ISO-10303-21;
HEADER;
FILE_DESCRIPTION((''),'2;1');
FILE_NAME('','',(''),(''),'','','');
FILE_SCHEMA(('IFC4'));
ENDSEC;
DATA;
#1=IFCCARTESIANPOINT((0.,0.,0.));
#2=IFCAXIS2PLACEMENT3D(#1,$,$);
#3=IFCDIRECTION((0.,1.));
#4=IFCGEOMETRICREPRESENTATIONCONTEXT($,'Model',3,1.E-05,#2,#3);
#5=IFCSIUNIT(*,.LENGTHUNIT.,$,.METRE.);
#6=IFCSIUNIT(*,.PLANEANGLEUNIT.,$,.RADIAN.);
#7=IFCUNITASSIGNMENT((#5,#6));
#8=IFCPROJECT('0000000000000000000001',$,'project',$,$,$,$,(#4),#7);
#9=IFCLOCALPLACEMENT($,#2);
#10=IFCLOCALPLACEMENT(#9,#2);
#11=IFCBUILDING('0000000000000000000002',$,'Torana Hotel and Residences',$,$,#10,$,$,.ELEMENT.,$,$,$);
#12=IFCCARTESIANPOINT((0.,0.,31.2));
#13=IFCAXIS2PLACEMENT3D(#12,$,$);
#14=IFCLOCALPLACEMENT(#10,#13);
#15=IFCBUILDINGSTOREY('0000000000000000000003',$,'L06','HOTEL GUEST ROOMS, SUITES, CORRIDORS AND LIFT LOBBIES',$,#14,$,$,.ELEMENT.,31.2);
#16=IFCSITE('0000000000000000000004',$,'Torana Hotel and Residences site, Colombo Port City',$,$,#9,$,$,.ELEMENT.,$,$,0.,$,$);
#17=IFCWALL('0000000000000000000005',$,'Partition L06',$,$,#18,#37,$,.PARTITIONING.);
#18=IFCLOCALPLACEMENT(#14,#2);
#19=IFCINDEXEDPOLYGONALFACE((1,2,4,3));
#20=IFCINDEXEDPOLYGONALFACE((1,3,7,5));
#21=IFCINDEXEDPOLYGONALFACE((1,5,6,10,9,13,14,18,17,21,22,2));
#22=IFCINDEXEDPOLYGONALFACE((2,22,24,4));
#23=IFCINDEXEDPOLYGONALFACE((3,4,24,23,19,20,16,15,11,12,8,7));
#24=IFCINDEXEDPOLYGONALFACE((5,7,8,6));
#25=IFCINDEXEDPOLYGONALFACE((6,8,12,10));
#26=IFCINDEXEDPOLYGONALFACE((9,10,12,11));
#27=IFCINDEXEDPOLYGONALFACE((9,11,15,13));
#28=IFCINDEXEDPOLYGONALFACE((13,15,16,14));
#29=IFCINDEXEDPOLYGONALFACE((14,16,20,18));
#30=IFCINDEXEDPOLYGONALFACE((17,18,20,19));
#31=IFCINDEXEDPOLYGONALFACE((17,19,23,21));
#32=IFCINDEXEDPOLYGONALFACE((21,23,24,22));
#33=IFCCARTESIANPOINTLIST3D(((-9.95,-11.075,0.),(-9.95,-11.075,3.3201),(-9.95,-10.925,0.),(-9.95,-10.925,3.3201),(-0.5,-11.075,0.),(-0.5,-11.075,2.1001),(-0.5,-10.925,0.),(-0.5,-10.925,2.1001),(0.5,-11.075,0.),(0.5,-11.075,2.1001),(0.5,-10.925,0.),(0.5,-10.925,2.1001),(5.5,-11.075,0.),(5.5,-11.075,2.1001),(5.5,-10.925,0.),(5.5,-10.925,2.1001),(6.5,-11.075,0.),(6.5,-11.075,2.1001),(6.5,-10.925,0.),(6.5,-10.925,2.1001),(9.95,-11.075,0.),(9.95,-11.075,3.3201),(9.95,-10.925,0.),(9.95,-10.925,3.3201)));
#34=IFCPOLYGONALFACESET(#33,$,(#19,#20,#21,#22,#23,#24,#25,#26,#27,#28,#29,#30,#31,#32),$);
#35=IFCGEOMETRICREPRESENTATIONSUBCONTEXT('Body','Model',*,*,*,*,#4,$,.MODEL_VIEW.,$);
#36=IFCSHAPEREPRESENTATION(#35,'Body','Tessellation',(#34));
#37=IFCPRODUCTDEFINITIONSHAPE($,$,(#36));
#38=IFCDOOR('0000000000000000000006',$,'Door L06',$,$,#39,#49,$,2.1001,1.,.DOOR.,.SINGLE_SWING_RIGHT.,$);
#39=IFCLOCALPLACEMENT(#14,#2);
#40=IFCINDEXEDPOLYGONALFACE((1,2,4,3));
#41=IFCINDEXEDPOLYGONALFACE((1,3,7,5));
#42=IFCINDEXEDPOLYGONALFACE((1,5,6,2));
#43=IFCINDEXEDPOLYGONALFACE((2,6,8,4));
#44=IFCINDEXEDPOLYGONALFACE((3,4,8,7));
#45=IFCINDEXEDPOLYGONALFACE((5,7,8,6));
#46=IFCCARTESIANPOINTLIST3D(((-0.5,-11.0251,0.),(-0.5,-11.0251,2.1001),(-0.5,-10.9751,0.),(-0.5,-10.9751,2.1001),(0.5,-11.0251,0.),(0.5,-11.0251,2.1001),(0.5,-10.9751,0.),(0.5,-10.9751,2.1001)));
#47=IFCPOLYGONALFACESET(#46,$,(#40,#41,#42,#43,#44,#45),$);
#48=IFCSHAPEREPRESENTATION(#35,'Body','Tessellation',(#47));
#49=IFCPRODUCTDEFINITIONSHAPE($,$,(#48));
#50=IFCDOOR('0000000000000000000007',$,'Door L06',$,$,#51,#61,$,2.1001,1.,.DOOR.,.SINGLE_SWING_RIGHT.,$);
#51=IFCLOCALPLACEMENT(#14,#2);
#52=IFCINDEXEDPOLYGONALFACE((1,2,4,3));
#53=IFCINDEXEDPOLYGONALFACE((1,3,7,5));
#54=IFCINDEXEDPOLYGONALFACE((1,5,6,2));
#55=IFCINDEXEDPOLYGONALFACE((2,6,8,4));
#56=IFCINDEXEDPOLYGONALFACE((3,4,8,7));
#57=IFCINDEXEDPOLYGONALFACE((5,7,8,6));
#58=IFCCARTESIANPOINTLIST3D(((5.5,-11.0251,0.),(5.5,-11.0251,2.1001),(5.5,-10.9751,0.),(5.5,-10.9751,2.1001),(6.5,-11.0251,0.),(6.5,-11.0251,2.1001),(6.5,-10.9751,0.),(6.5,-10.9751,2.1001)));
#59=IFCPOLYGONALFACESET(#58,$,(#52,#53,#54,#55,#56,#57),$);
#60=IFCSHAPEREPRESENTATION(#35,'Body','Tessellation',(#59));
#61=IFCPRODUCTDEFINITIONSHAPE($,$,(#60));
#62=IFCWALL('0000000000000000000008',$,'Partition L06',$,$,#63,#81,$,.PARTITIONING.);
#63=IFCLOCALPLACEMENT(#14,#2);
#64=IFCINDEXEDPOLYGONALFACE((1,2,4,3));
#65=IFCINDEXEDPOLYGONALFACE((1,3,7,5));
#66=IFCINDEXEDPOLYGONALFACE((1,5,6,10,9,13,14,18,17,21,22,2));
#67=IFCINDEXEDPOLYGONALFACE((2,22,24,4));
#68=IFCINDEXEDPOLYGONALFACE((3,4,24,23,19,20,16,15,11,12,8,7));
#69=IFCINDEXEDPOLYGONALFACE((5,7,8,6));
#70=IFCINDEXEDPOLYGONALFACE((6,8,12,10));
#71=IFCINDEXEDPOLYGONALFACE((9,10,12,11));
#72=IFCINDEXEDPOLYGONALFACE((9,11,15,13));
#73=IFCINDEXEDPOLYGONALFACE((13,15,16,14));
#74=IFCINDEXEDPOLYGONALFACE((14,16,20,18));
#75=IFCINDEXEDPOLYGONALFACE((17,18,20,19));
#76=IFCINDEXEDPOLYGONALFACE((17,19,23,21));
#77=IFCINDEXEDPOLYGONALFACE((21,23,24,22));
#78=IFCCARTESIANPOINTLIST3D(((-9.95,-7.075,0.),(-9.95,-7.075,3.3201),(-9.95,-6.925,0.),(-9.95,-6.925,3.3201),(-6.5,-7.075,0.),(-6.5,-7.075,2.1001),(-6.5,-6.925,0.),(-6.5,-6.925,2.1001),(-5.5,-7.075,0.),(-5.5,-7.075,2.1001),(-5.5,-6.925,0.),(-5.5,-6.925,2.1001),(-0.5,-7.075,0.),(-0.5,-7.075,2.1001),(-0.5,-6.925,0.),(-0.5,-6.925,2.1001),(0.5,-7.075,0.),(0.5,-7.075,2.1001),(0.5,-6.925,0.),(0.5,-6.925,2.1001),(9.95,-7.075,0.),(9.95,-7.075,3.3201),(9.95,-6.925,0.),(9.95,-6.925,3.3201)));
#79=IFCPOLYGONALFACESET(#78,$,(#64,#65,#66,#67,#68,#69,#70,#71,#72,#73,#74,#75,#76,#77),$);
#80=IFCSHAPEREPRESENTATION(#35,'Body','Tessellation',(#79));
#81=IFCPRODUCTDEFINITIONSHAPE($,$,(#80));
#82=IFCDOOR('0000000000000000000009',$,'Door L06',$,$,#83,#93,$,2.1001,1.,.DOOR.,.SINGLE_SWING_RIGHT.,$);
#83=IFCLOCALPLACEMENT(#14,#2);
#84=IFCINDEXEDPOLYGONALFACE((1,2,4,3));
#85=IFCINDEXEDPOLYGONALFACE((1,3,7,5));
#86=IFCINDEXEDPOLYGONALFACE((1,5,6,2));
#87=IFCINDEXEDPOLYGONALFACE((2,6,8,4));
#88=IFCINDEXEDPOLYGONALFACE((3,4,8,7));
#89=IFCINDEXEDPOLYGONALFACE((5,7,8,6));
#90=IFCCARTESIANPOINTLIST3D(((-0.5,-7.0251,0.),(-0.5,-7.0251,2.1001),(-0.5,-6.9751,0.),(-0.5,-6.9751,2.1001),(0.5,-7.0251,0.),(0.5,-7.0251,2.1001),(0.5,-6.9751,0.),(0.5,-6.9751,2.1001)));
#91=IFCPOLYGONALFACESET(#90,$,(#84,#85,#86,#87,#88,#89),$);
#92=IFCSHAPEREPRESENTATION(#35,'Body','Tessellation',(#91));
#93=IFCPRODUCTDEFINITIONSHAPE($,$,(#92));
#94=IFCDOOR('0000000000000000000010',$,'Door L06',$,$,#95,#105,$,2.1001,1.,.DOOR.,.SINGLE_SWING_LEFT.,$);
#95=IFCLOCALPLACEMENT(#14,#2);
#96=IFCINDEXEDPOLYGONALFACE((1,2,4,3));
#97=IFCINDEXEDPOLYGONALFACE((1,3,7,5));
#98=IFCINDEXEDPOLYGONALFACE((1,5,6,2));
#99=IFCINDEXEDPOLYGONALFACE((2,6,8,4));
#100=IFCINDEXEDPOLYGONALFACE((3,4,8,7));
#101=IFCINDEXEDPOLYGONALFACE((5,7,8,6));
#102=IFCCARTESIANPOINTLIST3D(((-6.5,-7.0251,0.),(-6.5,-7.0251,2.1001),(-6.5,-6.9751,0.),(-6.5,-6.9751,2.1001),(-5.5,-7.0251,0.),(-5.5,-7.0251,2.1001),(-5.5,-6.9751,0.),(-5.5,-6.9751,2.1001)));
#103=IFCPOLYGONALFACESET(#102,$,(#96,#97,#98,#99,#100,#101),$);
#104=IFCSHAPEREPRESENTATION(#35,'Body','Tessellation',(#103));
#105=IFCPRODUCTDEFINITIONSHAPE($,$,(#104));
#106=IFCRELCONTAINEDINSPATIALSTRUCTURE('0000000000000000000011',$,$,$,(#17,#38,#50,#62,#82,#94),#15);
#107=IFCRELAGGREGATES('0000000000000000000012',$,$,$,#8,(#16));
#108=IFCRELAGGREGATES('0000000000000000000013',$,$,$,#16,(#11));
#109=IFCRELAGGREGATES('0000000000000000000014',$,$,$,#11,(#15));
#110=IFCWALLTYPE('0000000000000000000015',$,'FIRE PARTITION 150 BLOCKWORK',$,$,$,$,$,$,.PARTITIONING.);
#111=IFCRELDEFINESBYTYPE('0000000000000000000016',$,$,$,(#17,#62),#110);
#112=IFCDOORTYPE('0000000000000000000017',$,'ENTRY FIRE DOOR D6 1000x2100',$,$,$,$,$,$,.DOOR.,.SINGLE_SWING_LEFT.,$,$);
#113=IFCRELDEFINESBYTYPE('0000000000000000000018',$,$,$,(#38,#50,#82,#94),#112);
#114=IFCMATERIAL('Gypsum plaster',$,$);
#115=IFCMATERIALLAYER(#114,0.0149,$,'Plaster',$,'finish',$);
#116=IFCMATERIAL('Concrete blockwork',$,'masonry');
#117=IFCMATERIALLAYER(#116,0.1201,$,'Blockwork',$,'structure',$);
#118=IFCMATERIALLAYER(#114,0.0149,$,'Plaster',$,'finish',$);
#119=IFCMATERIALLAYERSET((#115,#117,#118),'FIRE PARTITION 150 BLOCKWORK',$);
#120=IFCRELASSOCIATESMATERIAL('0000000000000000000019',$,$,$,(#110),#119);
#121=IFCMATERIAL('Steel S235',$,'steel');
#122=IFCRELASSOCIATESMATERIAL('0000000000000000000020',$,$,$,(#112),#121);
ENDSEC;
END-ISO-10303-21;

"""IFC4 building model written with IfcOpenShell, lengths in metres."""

from ifc_helpers import new_model, si_unit, direction, frame, frame_2d, origin, place, context, subcontext, project, spatial, rectangle, extrude, material, layer, layer_set, type_object, element, fill, save


model = new_model("IFC4")

# Units and contexts
model_context = context("Model", 3, precision=1e-05, world=origin(), true_north=direction((0.0, 1.0)))
body_context = subcontext(model_context, "Body", "Model", "MODEL_VIEW")
ifc_project = project(units=[si_unit("LENGTHUNIT", "METRE"), si_unit("PLANEANGLEUNIT", "RADIAN")], contexts=[model_context])

# Site, building, storey
site_placement = place(None, origin())
site = spatial("IfcSite", under=ifc_project, at=site_placement, Name="Torana Hotel and Residences site, Colombo Port City", CompositionType="ELEMENT", RefElevation=0.0)
building_placement = place(site_placement, origin())
building = spatial("IfcBuilding", under=site, at=building_placement, Name="Torana Hotel and Residences", CompositionType="ELEMENT")
storey_placement = place(building_placement, frame((0.0, 0.0, 31.2)))
storey = spatial("IfcBuildingStorey", under=building, at=storey_placement, Name="L06", Description="HOTEL GUEST ROOMS, SUITES, CORRIDORS AND LIFT LOBBIES", CompositionType="ELEMENT", Elevation=31.2)

# Shared definitions
ifc_material_1 = material(Name="Gypsum plaster")
ifc_layer_1 = layer(ifc_material_1, 0.0149, Name="Plaster", Category="finish")
ifc_material_2 = material(Name="Concrete blockwork", Category="masonry")
ifc_layer_2 = layer(ifc_material_2, 0.1201, Name="Blockwork", Category="structure")
ifc_layer_3 = layer(ifc_material_1, 0.0149, Name="Plaster", Category="finish")
ifc_layer_set_1 = layer_set([ifc_layer_1, ifc_layer_2, ifc_layer_3], Name="FIRE PARTITION 150 BLOCKWORK")
wall_type_1 = type_object("IfcWallType", Name="FIRE PARTITION 150 BLOCKWORK", PredefinedType="PARTITIONING", material=ifc_layer_set_1)

# Walls, openings, doors
wall_1_placement = place(storey_placement, frame((-9.95, -11.0, 0.0), z_axis=(0.0, 0.0, 1.0), x_axis=(1.0, 0.0, 0.0)))
wall_1 = element("IfcWall", 1, at=wall_1_placement, inside=storey, type_object=wall_type_1, Name="Partition L06", PredefinedType="PARTITIONING", context=body_context, shape_type="SweptSolid", body=[
    extrude(rectangle(XDim=19.8999, YDim=0.1499, at=frame_2d((9.95, 0.0))), origin(), (0.0, 0.0, 1.0), 3.3201),
])
opening_1_placement = place(wall_1_placement, frame((9.45, 0.0, 0.0)))
opening_1 = element("IfcOpeningElement", 2, at=opening_1_placement, cuts=wall_1, PredefinedType="OPENING", context=body_context, shape_type="SweptSolid", body=[
    extrude(rectangle(XDim=1.0, YDim=2.1001, at=frame_2d((0.5, 1.05))), frame((0.0, 0.085, 0.0), z_axis=(0.0, -1.0, 0.0), x_axis=(1.0, 0.0, 0.0)), (0.0, 0.0, 1.0), 0.1699),
])
opening_2_placement = place(wall_1_placement, frame((15.45, 0.0, 0.0)))
opening_2 = element("IfcOpeningElement", 3, at=opening_2_placement, cuts=wall_1, PredefinedType="OPENING", context=body_context, shape_type="SweptSolid", body=[
    extrude(rectangle(XDim=1.0, YDim=2.1001, at=frame_2d((0.5, 1.05))), frame((0.0, 0.085, 0.0), z_axis=(0.0, -1.0, 0.0), x_axis=(1.0, 0.0, 0.0)), (0.0, 0.0, 1.0), 0.1699),
])
ifc_material_3 = material(Name="Steel S235", Category="steel")
door_type = type_object("IfcDoorType", Name="ENTRY FIRE DOOR D6 1000x2100", OperationType="SINGLE_SWING_LEFT", PredefinedType="DOOR", material=ifc_material_3)
door_1_placement = place(opening_1_placement, origin())
door_1 = element("IfcDoor", 4, at=door_1_placement, inside=storey, type_object=door_type, Name="Door L06", OperationType="SINGLE_SWING_RIGHT", OverallHeight=2.1001, OverallWidth=1.0, PredefinedType="DOOR", context=body_context, shape_type="SweptSolid", body=[
    extrude(rectangle(XDim=1.0, YDim=2.1001, at=frame_2d((0.5, 1.05))), frame((0.0, 0.0249, 0.0), z_axis=(0.0, -1.0, 0.0), x_axis=(1.0, 0.0, 0.0)), (0.0, 0.0, 1.0), 0.05),
])
fill(opening_1, door_1)
door_2_placement = place(opening_2_placement, origin())
door_2 = element("IfcDoor", 5, at=door_2_placement, inside=storey, type_object=door_type, Name="Door L06", OperationType="SINGLE_SWING_RIGHT", OverallHeight=2.1001, OverallWidth=1.0, PredefinedType="DOOR", context=body_context, shape_type="SweptSolid", body=[
    extrude(rectangle(XDim=1.0, YDim=2.1001, at=frame_2d((0.5, 1.05))), frame((0.0, 0.0249, 0.0), z_axis=(0.0, -1.0, 0.0), x_axis=(1.0, 0.0, 0.0)), (0.0, 0.0, 1.0), 0.05),
])
fill(opening_2, door_2)
wall_2_placement = place(storey_placement, frame((-9.95, -7.0, 0.0), z_axis=(0.0, 0.0, 1.0), x_axis=(1.0, 0.0, 0.0)))
wall_2 = element("IfcWall", 6, at=wall_2_placement, inside=storey, type_object=wall_type_1, Name="Partition L06", PredefinedType="PARTITIONING", context=body_context, shape_type="SweptSolid", body=[
    extrude(rectangle(XDim=19.8999, YDim=0.1499, at=frame_2d((9.95, 0.0))), origin(), (0.0, 0.0, 1.0), 3.3201),
])
opening_3_placement = place(wall_2_placement, frame((9.45, 0.0, 0.0)))
opening_3 = element("IfcOpeningElement", 7, at=opening_3_placement, cuts=wall_2, PredefinedType="OPENING", context=body_context, shape_type="SweptSolid", body=[
    extrude(rectangle(XDim=1.0, YDim=2.1001, at=frame_2d((0.5, 1.05))), frame((0.0, 0.085, 0.0), z_axis=(0.0, -1.0, 0.0), x_axis=(1.0, 0.0, 0.0)), (0.0, 0.0, 1.0), 0.1699),
])
opening_4_placement = place(wall_2_placement, frame((3.45, 0.0, 0.0)))
opening_4 = element("IfcOpeningElement", 8, at=opening_4_placement, cuts=wall_2, PredefinedType="OPENING", context=body_context, shape_type="SweptSolid", body=[
    extrude(rectangle(XDim=1.0, YDim=2.1001, at=frame_2d((0.5, 1.05))), frame((0.0, 0.085, 0.0), z_axis=(0.0, -1.0, 0.0), x_axis=(1.0, 0.0, 0.0)), (0.0, 0.0, 1.0), 0.1699),
])
door_3_placement = place(opening_3_placement, origin())
door_3 = element("IfcDoor", 9, at=door_3_placement, inside=storey, type_object=door_type, Name="Door L06", OperationType="SINGLE_SWING_RIGHT", OverallHeight=2.1001, OverallWidth=1.0, PredefinedType="DOOR", context=body_context, shape_type="SweptSolid", body=[
    extrude(rectangle(XDim=1.0, YDim=2.1001, at=frame_2d((0.5, 1.05))), frame((0.0, 0.0249, 0.0), z_axis=(0.0, -1.0, 0.0), x_axis=(1.0, 0.0, 0.0)), (0.0, 0.0, 1.0), 0.05),
])
fill(opening_3, door_3)
door_4_placement = place(opening_4_placement, frame((0.5, 0.0, 0.0), z_axis=(0.0, 0.0, 1.0), x_axis=(-1.0, 0.0, 0.0)))
door_4 = element("IfcDoor", 10, at=door_4_placement, inside=storey, type_object=door_type, Name="Door L06", OperationType="SINGLE_SWING_LEFT", OverallHeight=2.1001, OverallWidth=1.0, PredefinedType="DOOR", context=body_context, shape_type="SweptSolid", body=[
    extrude(rectangle(XDim=1.0, YDim=2.1001, at=frame_2d((0.0, 1.05))), frame((0.0, -0.0249, 0.0), z_axis=(0.0, 1.0, 0.0), x_axis=(-1.0, 0.0, 0.0)), (0.0, 0.0, 1.0), 0.05),
])
fill(opening_4, door_4)

save(model, "model.ifc")
